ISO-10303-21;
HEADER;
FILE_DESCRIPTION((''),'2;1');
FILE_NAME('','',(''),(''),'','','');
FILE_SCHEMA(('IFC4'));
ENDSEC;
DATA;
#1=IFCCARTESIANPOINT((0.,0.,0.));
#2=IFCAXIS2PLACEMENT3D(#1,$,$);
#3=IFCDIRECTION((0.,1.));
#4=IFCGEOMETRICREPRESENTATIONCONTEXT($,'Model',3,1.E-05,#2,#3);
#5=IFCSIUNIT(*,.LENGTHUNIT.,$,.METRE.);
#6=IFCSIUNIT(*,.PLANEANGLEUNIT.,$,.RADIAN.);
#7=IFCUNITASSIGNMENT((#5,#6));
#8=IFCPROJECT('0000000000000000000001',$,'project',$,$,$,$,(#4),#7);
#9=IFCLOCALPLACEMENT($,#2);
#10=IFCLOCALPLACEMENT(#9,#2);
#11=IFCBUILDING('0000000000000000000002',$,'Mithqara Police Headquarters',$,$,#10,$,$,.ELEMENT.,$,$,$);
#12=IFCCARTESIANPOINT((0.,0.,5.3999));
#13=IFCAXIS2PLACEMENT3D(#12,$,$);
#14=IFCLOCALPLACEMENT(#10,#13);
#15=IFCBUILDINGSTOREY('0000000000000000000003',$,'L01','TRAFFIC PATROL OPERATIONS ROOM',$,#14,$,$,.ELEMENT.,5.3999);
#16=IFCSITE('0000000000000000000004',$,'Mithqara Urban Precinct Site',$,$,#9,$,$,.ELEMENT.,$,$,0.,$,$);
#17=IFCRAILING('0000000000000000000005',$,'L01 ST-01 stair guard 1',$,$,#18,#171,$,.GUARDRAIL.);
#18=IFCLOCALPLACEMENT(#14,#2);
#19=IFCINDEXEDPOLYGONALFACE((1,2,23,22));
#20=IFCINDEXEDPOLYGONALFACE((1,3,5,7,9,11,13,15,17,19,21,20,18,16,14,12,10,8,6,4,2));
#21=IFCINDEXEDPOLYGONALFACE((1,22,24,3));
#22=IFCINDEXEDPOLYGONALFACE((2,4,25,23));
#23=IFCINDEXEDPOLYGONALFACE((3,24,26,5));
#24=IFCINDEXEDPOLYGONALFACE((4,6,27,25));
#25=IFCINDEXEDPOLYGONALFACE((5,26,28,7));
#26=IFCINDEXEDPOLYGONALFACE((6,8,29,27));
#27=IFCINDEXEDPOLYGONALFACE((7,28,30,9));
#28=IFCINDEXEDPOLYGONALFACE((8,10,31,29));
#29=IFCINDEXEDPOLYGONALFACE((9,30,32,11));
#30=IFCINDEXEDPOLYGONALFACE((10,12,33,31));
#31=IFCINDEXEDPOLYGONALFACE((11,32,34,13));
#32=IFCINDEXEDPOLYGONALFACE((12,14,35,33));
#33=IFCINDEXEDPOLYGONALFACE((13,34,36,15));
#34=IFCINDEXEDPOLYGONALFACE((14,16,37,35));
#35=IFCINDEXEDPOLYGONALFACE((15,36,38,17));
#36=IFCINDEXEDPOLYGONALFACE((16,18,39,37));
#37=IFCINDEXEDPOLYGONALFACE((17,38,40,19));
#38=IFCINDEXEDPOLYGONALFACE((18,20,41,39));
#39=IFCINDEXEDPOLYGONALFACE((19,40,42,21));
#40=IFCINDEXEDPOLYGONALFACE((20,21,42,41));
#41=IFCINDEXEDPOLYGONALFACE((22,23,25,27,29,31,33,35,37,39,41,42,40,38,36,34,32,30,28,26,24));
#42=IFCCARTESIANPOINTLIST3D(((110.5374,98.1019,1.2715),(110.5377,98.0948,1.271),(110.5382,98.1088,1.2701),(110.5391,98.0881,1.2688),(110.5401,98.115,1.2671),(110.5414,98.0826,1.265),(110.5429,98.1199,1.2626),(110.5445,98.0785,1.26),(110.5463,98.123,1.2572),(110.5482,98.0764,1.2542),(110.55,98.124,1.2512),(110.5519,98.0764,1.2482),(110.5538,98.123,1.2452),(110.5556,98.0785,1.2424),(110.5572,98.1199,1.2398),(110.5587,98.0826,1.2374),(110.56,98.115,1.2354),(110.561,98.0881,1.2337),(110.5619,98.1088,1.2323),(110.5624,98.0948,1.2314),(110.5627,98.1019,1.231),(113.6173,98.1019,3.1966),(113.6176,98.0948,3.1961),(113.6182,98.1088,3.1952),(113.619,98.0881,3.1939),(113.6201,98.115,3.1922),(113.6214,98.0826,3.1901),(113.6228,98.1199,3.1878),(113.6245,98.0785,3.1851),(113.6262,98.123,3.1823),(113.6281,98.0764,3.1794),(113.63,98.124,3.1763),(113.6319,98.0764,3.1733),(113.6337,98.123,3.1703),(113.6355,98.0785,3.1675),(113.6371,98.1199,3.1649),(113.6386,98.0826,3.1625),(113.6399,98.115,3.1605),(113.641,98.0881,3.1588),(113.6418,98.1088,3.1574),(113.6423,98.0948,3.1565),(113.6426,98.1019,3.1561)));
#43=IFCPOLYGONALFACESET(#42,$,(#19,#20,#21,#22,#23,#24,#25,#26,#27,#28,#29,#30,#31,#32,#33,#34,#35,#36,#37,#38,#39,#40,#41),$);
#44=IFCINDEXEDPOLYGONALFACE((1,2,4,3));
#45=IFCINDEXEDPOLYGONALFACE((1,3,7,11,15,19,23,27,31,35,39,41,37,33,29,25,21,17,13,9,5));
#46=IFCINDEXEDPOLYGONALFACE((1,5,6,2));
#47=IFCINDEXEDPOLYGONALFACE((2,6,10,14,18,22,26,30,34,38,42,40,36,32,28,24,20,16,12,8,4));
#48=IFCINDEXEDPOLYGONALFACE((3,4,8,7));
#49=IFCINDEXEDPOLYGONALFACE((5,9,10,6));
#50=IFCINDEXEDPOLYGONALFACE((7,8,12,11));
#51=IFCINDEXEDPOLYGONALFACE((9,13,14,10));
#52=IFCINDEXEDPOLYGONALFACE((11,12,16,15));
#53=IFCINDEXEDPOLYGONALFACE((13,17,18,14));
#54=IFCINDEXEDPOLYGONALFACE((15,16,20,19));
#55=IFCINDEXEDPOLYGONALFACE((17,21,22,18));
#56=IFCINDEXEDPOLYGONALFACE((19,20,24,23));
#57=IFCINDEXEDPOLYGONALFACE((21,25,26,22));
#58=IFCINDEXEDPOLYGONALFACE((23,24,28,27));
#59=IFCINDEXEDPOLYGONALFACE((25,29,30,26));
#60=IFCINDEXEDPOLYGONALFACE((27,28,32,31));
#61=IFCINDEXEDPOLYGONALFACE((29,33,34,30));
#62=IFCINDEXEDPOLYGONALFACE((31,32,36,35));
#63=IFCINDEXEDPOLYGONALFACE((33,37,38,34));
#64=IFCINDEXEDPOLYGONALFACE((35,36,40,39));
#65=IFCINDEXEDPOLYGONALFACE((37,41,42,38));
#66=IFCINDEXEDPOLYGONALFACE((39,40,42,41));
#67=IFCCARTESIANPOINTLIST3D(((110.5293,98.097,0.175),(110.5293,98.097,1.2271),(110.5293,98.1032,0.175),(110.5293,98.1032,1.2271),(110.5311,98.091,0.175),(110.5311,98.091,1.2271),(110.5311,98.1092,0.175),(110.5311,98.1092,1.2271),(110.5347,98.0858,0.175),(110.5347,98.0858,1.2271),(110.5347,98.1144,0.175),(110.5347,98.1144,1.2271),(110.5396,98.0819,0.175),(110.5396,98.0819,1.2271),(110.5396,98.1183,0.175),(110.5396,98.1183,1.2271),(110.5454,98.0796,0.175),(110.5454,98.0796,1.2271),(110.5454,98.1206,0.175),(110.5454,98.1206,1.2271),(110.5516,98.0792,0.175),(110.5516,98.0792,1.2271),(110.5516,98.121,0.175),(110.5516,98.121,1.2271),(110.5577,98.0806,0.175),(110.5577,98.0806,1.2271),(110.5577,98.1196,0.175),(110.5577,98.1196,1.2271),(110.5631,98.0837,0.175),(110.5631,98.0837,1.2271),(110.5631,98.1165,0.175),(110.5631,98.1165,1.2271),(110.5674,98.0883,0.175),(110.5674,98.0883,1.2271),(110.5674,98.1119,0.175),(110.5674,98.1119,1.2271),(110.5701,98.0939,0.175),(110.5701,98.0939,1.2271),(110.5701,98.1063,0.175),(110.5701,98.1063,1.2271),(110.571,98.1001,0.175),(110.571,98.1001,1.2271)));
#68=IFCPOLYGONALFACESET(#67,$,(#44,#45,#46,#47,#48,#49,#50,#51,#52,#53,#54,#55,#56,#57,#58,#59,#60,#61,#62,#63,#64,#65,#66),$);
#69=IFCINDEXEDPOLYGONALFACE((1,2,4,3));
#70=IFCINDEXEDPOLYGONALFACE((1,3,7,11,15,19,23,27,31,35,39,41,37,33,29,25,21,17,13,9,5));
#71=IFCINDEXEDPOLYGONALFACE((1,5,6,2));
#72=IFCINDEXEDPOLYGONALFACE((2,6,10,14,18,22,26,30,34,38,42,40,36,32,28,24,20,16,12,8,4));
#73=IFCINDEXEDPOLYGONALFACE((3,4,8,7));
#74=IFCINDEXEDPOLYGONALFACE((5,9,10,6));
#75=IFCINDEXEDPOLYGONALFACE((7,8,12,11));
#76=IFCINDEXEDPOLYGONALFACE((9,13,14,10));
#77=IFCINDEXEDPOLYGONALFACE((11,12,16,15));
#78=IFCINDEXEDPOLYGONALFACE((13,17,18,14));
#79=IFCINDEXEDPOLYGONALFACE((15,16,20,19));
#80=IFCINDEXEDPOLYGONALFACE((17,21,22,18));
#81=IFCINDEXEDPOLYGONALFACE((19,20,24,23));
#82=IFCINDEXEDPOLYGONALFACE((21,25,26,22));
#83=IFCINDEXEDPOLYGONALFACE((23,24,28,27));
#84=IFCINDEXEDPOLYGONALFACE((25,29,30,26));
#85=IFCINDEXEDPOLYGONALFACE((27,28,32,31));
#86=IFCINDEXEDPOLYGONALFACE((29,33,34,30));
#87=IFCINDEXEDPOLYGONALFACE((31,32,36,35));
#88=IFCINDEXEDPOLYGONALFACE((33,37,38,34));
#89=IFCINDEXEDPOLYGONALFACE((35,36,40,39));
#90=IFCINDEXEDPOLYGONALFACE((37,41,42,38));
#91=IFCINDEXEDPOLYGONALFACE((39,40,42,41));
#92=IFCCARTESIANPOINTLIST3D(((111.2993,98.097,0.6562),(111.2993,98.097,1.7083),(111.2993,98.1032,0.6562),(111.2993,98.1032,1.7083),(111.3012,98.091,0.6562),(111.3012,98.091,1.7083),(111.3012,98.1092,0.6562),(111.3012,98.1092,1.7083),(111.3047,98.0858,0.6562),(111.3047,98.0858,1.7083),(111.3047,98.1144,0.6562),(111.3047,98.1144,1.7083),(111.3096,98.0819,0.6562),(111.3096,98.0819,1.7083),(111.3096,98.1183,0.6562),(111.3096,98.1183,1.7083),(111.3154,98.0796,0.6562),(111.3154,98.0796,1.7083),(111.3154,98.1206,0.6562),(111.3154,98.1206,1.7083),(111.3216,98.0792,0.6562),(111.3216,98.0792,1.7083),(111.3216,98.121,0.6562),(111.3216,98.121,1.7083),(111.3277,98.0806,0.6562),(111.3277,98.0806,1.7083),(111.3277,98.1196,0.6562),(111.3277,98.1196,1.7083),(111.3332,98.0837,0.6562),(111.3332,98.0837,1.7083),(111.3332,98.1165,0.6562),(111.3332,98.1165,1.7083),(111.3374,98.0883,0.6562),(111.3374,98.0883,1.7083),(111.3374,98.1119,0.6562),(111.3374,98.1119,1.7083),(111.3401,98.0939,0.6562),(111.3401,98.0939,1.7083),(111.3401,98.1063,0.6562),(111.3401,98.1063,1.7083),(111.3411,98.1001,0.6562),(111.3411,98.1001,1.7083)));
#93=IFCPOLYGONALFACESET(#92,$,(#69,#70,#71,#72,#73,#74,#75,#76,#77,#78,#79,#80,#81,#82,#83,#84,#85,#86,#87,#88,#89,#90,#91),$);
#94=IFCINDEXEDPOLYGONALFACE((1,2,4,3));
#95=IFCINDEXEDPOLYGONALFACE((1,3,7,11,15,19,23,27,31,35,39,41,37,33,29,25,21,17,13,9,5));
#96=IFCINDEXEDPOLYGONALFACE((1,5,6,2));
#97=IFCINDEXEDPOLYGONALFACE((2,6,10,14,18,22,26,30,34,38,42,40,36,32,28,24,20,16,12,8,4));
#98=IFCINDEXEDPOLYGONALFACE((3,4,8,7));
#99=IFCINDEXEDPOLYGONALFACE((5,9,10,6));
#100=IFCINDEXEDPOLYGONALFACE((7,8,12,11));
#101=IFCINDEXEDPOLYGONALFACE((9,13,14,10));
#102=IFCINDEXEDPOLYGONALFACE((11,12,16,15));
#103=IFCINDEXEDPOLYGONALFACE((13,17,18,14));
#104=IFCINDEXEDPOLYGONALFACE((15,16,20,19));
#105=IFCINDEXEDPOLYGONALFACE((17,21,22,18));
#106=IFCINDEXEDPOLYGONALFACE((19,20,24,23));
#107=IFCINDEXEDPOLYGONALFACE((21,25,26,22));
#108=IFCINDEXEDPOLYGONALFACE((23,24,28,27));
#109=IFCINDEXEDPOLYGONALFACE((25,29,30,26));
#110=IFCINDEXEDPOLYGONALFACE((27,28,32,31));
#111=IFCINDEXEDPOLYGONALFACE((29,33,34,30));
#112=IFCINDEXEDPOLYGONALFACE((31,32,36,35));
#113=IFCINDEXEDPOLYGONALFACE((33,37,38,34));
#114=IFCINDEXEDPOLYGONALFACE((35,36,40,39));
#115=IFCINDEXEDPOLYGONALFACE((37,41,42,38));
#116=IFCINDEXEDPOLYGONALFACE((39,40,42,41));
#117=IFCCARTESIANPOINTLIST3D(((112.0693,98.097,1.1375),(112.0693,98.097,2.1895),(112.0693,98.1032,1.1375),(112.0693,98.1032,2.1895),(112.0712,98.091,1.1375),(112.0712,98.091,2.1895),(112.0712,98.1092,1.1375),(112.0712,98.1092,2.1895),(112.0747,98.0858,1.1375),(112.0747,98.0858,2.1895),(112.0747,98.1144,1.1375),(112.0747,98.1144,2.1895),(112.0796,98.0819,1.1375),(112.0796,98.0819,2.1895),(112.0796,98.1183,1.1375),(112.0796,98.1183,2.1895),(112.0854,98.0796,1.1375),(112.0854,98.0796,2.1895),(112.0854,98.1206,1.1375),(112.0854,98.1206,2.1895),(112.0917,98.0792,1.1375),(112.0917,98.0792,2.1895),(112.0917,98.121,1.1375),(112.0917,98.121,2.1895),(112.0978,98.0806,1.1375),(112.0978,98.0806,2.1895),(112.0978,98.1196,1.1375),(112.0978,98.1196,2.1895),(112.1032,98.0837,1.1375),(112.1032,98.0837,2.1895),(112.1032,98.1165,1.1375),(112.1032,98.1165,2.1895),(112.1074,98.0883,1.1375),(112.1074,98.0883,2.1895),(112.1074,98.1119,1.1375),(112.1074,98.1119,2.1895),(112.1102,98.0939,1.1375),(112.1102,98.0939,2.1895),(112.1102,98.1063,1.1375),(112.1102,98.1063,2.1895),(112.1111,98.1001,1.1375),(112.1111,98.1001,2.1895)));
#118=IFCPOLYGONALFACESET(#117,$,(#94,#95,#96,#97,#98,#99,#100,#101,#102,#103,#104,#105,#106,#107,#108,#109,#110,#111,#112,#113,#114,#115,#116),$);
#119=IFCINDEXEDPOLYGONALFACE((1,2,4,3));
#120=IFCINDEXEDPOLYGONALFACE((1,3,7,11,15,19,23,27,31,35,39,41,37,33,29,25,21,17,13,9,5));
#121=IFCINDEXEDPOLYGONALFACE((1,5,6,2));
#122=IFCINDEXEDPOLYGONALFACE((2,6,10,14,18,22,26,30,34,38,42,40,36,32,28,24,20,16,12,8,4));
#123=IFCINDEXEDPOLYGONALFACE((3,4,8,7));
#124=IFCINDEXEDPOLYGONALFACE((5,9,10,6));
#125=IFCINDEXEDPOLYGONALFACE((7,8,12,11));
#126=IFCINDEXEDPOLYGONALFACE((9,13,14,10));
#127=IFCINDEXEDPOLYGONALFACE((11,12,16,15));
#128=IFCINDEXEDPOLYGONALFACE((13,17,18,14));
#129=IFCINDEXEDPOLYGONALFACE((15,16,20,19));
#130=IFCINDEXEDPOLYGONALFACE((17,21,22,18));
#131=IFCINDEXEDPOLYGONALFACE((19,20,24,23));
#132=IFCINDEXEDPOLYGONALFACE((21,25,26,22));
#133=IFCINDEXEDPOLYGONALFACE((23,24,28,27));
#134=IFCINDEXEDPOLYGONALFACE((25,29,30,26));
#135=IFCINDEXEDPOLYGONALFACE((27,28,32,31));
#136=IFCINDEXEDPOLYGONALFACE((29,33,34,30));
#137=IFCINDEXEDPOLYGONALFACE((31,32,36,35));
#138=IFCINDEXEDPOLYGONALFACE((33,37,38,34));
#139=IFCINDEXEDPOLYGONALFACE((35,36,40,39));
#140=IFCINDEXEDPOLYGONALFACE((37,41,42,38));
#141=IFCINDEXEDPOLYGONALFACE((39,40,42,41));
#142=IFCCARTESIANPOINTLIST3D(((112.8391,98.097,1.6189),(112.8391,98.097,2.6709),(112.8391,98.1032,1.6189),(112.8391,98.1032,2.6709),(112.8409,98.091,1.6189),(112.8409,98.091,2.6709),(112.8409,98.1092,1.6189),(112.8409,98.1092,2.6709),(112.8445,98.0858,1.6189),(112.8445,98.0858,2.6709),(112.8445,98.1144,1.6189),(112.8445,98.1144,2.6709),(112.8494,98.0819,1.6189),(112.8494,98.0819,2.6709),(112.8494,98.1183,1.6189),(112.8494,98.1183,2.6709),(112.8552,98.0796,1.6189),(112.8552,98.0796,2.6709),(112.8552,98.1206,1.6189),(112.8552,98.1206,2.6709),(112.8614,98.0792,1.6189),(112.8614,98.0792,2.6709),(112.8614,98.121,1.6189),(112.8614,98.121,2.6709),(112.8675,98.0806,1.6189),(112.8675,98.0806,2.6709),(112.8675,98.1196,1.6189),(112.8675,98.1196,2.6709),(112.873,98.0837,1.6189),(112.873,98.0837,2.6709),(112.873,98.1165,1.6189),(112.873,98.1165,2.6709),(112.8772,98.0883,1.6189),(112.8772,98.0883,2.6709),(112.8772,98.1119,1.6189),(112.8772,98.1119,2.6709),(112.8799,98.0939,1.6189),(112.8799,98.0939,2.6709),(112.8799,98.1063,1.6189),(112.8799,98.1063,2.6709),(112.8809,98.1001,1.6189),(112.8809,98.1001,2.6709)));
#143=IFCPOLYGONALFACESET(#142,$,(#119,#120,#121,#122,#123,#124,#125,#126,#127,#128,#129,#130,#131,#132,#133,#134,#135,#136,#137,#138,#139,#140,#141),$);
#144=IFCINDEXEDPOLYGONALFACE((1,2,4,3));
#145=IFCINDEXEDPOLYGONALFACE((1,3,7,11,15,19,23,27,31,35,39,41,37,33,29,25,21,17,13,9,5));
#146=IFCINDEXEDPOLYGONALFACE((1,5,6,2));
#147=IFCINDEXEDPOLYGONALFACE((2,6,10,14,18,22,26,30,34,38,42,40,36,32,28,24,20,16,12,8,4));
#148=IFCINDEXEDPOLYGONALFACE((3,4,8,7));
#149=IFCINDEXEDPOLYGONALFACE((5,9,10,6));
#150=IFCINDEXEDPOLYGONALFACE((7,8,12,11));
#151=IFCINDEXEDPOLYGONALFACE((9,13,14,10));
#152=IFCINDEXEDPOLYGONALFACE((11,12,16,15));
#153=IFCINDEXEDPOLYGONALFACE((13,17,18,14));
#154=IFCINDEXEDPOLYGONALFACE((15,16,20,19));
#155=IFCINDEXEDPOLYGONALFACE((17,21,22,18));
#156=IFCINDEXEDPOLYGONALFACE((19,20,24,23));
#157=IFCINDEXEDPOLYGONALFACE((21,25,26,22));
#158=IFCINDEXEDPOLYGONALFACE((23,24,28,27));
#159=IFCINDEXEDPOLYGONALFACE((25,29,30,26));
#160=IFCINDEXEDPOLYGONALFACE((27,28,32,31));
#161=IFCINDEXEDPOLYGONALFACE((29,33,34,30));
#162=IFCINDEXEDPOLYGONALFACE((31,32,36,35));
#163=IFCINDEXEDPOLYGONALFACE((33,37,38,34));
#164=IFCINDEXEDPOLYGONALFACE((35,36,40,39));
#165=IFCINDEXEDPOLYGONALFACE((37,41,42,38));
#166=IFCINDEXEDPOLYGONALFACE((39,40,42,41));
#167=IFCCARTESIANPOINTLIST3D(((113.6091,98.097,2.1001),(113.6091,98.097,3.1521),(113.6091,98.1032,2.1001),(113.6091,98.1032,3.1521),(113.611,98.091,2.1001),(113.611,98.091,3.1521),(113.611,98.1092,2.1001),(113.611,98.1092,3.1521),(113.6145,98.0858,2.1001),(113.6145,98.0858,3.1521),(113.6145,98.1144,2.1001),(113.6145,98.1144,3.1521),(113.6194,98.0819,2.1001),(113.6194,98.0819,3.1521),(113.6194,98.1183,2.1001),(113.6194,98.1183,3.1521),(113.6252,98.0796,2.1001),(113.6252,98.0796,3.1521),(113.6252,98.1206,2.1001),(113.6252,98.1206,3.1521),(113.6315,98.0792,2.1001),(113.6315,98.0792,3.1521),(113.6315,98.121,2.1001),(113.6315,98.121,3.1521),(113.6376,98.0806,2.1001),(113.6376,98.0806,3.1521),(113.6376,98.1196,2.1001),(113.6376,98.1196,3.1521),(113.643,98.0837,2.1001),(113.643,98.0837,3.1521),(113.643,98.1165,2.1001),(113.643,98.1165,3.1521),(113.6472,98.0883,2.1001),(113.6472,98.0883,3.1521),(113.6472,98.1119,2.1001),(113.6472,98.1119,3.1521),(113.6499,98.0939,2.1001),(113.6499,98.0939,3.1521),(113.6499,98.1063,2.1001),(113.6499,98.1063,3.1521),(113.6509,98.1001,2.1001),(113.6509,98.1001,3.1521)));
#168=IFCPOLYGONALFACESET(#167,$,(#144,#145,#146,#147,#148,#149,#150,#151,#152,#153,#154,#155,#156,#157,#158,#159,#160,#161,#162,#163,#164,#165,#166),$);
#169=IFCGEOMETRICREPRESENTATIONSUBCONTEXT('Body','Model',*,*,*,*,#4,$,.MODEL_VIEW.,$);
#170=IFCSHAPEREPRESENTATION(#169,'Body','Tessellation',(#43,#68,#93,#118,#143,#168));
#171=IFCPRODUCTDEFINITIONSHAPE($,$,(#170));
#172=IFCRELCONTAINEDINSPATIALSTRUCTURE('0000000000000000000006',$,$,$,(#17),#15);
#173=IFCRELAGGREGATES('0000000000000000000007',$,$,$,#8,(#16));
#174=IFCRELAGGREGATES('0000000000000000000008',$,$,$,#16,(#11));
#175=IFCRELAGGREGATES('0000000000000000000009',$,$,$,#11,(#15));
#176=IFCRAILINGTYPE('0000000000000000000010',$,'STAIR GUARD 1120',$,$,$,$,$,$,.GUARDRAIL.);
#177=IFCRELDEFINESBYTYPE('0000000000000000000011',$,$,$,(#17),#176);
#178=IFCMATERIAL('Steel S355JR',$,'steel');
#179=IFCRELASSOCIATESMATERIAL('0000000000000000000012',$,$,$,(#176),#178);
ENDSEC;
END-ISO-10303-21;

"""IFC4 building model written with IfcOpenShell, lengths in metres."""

from ifc_helpers import new_model, si_unit, direction, frame, origin, origin_2d, place, context, subcontext, project, spatial, circle, extrude, material, type_object, element, save


model = new_model("IFC4")

# Units and contexts
model_context = context("Model", 3, precision=1e-05, world=origin(), true_north=direction((0.0, 1.0)))
body_context = subcontext(model_context, "Body", "Model", "MODEL_VIEW")
ifc_project = project(units=[si_unit("LENGTHUNIT", "METRE"), si_unit("PLANEANGLEUNIT", "RADIAN")], contexts=[model_context])

# Site, building, storey
site_placement = place(None, origin())
site = spatial("IfcSite", under=ifc_project, at=site_placement, Name="Mithqara Urban Precinct Site", CompositionType="ELEMENT", RefElevation=0.0)
building_placement = place(site_placement, origin())
building = spatial("IfcBuilding", under=site, at=building_placement, Name="Mithqara Police Headquarters", CompositionType="ELEMENT")
storey_placement = place(building_placement, frame((0.0, 0.0, 5.3999)))
storey = spatial("IfcBuildingStorey", under=building, at=storey_placement, Name="L01", Description="TRAFFIC PATROL OPERATIONS ROOM", CompositionType="ELEMENT", Elevation=5.3999)

# Shared definitions
ifc_material_1 = material(Name="Steel S355JR", Category="steel")

# Railing
railing_type_1 = type_object("IfcRailingType", Name="STAIR GUARD 1120", PredefinedType="GUARDRAIL", material=ifc_material_1)
railing_1_placement = place(storey_placement, frame((110.55, 98.1001, 0.175)))
element("IfcRailing", 1, at=railing_1_placement, inside=storey, type_object=railing_type_1, Name="L01 ST-01 stair guard 1", PredefinedType="GUARDRAIL", context=body_context, shape_type="SweptSolid", body=[
    extrude(circle(Radius=0.0239, at=origin_2d()), frame((0.0, 0.0, 1.0762), z_axis=(0.847979, 0.0, 0.530029), x_axis=(0.0, 1.0, 0.0)), (0.0, 0.0, 1.0), 3.6321),
    extrude(circle(Radius=0.021, at=origin_2d()), origin(), (0.0, 0.0, 1.0), 1.052),
    extrude(circle(Radius=0.021, at=origin_2d()), frame((0.77, 0.0, 0.4812)), (0.0, 0.0, 1.0), 1.052),
    extrude(circle(Radius=0.021, at=origin_2d()), frame((1.54, 0.0, 0.9624)), (0.0, 0.0, 1.0), 1.052),
    extrude(circle(Radius=0.021, at=origin_2d()), frame((2.3098, 0.0, 1.4438)), (0.0, 0.0, 1.0), 1.052),
    extrude(circle(Radius=0.021, at=origin_2d()), frame((3.0798, 0.0, 1.925)), (0.0, 0.0, 1.0), 1.052),
])

save(model, "model.ifc")
